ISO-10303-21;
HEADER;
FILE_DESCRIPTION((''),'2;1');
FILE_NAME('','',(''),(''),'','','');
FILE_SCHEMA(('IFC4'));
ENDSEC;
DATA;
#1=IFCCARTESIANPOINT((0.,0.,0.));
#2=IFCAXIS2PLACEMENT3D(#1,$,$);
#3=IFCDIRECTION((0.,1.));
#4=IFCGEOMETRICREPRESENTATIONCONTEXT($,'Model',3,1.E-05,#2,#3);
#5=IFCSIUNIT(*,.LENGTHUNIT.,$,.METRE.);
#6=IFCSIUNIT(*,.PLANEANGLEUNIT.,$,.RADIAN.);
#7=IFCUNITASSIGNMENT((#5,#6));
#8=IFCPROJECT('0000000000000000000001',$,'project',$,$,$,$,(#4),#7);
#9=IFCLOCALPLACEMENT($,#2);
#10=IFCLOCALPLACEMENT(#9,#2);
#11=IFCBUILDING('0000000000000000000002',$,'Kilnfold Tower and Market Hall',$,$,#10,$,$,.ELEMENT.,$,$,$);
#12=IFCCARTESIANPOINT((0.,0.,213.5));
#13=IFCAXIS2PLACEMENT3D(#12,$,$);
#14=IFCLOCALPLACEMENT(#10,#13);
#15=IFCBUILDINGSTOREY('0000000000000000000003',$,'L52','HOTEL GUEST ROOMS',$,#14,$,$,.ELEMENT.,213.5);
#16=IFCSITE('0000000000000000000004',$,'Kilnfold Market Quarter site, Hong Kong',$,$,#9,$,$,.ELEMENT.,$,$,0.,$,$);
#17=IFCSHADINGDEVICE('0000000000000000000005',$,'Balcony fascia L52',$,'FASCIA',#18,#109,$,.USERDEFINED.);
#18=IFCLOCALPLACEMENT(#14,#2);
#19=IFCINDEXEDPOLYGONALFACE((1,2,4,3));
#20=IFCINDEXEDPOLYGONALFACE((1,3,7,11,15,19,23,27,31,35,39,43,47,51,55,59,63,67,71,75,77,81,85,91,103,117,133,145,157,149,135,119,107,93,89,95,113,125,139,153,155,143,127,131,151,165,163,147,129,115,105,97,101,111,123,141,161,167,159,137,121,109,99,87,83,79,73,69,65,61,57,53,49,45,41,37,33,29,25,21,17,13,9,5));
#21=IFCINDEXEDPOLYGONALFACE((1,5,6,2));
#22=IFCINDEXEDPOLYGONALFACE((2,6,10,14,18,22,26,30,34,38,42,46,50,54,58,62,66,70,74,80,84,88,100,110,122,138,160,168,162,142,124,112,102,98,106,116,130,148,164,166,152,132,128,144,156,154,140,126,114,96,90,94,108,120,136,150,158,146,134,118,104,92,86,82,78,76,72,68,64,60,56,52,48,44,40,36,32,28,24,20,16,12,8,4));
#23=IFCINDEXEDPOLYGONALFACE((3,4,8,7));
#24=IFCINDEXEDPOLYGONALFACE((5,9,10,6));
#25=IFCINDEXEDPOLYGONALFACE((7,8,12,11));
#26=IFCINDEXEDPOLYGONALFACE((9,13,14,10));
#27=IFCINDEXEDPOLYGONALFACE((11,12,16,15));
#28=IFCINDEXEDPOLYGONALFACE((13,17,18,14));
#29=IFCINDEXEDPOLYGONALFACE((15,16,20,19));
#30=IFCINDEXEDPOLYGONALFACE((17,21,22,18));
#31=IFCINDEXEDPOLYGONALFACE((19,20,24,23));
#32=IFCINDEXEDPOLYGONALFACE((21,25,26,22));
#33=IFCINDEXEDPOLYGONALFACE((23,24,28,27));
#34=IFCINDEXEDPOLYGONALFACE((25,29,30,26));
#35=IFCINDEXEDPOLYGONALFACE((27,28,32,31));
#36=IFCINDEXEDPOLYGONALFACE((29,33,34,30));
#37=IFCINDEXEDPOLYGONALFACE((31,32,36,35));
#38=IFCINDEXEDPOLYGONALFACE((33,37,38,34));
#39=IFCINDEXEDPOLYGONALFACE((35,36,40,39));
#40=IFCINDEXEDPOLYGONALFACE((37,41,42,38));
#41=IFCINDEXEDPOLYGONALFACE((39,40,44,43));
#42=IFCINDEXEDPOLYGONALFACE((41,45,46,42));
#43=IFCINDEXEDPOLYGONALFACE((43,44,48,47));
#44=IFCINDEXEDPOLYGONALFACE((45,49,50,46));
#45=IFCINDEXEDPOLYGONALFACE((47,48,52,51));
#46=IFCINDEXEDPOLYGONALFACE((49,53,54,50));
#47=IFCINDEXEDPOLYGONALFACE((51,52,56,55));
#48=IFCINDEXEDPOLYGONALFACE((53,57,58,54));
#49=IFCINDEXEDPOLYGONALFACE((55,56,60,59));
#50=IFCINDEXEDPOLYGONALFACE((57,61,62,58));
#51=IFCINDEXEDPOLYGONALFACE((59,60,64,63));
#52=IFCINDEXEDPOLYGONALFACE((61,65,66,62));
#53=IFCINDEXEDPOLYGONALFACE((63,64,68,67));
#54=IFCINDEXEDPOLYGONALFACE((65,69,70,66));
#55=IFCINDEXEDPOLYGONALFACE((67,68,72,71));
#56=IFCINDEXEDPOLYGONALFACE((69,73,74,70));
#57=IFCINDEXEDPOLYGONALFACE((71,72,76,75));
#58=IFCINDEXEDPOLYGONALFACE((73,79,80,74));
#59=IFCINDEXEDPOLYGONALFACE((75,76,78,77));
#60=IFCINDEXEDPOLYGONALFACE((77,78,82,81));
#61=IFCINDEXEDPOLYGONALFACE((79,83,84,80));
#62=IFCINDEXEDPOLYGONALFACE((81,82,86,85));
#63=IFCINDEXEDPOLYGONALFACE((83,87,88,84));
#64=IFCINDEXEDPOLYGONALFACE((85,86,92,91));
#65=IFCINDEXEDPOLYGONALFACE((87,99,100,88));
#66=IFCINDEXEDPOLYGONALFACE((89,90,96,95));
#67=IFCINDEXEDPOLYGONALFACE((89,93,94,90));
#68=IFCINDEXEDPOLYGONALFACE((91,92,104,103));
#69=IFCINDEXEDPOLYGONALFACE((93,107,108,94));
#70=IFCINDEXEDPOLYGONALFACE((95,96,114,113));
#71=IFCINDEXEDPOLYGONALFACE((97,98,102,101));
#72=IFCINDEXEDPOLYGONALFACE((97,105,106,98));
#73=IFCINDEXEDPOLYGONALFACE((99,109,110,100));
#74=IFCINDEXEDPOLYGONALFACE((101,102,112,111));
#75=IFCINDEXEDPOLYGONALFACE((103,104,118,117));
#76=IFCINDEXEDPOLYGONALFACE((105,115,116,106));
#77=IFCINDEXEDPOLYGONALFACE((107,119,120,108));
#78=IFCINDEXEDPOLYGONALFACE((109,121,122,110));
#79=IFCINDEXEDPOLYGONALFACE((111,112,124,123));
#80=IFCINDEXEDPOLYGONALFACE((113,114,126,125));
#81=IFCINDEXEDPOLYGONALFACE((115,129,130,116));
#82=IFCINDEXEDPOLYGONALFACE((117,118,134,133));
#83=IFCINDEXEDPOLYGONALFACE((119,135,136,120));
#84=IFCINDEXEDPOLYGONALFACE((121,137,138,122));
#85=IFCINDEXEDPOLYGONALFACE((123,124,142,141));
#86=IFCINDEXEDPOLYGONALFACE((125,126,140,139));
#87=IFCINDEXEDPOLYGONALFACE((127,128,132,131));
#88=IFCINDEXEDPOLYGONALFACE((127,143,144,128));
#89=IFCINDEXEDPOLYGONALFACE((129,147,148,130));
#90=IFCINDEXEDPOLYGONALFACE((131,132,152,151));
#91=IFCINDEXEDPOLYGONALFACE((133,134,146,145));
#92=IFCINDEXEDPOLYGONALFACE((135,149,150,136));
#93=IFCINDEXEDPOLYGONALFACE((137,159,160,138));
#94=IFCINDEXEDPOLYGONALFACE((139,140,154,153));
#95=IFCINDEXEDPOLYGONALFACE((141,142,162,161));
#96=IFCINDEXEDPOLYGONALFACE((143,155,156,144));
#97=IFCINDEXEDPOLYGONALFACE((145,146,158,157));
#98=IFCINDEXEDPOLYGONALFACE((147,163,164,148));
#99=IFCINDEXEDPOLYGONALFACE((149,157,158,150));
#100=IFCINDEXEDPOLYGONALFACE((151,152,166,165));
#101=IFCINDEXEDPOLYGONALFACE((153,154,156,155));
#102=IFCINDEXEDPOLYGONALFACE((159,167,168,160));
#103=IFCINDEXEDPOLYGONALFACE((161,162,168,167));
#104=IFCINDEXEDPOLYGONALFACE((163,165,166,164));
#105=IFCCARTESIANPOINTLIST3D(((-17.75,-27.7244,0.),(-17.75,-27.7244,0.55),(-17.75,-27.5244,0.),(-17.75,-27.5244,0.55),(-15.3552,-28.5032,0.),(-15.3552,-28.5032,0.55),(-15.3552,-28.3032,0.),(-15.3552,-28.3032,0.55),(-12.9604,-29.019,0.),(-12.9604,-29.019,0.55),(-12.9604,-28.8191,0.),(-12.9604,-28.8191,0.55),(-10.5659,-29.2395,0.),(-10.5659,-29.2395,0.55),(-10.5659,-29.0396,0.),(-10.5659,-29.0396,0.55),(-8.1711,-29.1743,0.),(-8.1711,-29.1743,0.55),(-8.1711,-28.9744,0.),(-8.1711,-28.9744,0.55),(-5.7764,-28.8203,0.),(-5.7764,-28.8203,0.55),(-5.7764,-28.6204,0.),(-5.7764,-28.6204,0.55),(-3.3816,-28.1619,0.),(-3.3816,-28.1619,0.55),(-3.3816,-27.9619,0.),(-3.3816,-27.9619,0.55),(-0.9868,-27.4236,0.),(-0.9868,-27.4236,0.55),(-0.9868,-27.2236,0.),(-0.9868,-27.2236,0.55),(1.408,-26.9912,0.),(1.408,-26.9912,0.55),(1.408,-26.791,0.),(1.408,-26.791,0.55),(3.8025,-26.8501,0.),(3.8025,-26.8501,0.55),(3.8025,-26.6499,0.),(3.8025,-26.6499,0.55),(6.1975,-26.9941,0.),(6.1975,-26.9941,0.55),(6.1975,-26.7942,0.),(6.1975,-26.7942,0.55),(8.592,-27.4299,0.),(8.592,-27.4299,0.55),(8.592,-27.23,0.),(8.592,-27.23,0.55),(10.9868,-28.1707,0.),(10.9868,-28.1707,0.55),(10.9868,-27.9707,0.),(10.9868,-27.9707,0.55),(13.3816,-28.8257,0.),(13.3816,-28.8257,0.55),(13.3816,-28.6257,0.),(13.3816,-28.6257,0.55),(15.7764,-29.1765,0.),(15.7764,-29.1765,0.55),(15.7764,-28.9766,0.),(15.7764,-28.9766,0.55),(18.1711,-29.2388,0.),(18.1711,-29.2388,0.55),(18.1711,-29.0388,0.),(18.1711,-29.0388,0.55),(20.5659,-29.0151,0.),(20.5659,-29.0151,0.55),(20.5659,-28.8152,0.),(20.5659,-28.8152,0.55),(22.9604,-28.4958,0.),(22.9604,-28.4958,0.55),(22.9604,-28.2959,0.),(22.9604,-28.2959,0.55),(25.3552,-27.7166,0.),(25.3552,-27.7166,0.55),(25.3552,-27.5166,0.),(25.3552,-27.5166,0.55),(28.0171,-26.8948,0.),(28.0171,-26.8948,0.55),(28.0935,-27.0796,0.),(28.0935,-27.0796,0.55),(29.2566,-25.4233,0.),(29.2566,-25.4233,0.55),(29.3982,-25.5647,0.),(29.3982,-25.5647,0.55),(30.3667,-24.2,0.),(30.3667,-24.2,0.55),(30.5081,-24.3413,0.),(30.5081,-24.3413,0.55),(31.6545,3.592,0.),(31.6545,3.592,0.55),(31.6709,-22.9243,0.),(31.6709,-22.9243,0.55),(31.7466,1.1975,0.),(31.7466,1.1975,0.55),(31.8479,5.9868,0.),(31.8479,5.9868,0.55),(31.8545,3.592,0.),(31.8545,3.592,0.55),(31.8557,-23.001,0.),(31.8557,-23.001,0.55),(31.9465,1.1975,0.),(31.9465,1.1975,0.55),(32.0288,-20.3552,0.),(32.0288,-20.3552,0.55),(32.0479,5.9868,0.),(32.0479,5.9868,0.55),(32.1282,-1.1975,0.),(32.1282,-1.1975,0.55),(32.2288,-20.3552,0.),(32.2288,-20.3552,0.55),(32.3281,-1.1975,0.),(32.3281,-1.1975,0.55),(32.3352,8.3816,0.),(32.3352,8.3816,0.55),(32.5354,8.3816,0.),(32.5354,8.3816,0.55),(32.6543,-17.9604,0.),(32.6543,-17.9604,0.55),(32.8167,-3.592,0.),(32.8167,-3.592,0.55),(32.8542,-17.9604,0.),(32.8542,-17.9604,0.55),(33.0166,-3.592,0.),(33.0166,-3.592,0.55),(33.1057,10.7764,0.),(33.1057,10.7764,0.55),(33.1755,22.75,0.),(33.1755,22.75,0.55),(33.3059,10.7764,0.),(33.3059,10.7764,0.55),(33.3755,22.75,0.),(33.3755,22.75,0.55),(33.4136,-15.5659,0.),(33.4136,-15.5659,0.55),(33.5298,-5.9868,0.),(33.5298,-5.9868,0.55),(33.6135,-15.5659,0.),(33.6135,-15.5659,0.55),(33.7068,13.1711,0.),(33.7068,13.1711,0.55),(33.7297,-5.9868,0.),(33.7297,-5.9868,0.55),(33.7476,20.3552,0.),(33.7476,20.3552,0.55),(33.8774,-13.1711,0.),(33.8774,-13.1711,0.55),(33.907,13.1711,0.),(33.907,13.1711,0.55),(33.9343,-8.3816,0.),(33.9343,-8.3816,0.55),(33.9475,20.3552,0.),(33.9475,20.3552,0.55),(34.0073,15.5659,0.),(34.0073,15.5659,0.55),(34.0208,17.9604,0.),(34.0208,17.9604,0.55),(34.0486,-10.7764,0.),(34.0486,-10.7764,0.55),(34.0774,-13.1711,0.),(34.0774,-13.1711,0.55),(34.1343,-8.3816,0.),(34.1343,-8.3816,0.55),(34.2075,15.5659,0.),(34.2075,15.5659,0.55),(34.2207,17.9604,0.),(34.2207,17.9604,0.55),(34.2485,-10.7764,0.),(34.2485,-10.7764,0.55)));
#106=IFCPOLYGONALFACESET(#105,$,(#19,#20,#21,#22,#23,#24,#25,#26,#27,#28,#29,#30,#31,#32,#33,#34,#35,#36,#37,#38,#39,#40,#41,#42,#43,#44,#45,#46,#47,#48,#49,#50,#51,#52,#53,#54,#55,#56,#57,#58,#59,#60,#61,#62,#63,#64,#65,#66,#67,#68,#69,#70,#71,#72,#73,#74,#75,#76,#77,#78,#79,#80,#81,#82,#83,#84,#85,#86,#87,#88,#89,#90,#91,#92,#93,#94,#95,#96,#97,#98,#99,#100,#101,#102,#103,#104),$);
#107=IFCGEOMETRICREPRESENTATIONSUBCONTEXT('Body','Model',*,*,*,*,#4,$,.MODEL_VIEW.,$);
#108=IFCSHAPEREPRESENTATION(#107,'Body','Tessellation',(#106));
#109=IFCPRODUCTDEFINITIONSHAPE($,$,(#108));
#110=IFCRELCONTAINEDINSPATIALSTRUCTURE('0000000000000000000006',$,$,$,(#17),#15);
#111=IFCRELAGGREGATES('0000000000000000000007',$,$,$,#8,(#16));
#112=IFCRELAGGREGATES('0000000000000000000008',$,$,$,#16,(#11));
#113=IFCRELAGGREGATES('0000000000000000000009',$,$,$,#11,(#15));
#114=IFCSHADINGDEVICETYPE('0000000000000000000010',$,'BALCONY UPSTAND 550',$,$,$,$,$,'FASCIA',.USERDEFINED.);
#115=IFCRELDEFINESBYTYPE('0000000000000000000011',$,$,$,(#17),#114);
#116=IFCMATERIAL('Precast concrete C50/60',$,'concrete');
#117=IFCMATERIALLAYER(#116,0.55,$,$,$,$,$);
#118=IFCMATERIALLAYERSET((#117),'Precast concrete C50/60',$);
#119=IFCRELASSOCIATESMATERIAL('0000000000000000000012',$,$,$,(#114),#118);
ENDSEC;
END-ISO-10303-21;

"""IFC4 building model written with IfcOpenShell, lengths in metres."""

from ifc_helpers import new_model, si_unit, direction, frame, origin, place, context, subcontext, project, spatial, polyline, outline, extrude, source, transform, mapped, material, layer, layer_set, type_object, element, save


model = new_model("IFC4")

# Units and contexts
model_context = context("Model", 3, precision=1e-05, world=origin(), true_north=direction((0.0, 1.0)))
body_context = subcontext(model_context, "Body", "Model", "MODEL_VIEW")
ifc_project = project(units=[si_unit("LENGTHUNIT", "METRE"), si_unit("PLANEANGLEUNIT", "RADIAN")], contexts=[model_context])

# Site, building, storey
site_placement = place(None, origin())
site = spatial("IfcSite", under=ifc_project, at=site_placement, Name="Kilnfold Market Quarter site, Hong Kong", CompositionType="ELEMENT", RefElevation=0.0)
building_placement = place(site_placement, origin())
building = spatial("IfcBuilding", under=site, at=building_placement, Name="Kilnfold Tower and Market Hall", CompositionType="ELEMENT")
storey_placement = place(building_placement, frame((0.0, 0.0, 213.5)))
storey = spatial("IfcBuildingStorey", under=building, at=storey_placement, Name="L52", Description="HOTEL GUEST ROOMS", CompositionType="ELEMENT", Elevation=213.5)

# Shading device
ifc_material_1 = material(Name="Precast concrete C50/60", Category="concrete")
ifc_layer_1 = layer(ifc_material_1, 0.55)
ifc_layer_set_1 = layer_set([ifc_layer_1], Name="Precast concrete C50/60")
shading_device_type_1 = type_object("IfcShadingDeviceType", Name="BALCONY UPSTAND 550", ElementType="FASCIA", PredefinedType="USERDEFINED", material=ifc_layer_set_1)
shared_shape_1 = source(origin(), body_context, "Body", "SweptSolid", [
    extrude(outline(polyline([(-17.75, -27.7244), (-15.3552, -28.5032), (-12.9604, -29.019), (-10.5659, -29.2395), (-8.1711, -29.1743), (-5.7764, -28.8203), (-3.3816, -28.1619), (-0.9868, -27.4236), (1.408, -26.9912), (3.8025, -26.8501), (6.1975, -26.9941), (8.592, -27.4299), (10.9868, -28.1707), (13.3816, -28.8257), (15.7764, -29.1765), (18.1711, -29.2388), (20.5659, -29.0151), (22.9604, -28.4958), (25.3552, -27.7166), (28.0935, -27.0796), (29.3982, -25.5647), (30.5081, -24.3413), (31.8557, -23.001), (32.2288, -20.3552), (32.8542, -17.9604), (33.6135, -15.5659), (34.0774, -13.1711), (34.2485, -10.7764), (34.1343, -8.3816), (33.7297, -5.9868), (33.0166, -3.592), (32.3281, -1.1975), (31.9465, 1.1975), (31.8545, 3.592), (32.0479, 5.9868), (32.5354, 8.3816), (33.3059, 10.7764), (33.907, 13.1711), (34.2075, 15.5659), (34.2207, 17.9604), (33.9475, 20.3552), (33.3755, 22.75), (33.1755, 22.75), (33.7476, 20.3552), (34.0208, 17.9604), (34.0073, 15.5659), (33.7068, 13.1711), (33.1057, 10.7764), (32.3352, 8.3816), (31.8479, 5.9868), (31.6545, 3.592), (31.7466, 1.1975), (32.1282, -1.1975), (32.8167, -3.592), (33.5298, -5.9868), (33.9343, -8.3816), (34.0486, -10.7764), (33.8774, -13.1711), (33.4136, -15.5659), (32.6543, -17.9604), (32.0288, -20.3552), (31.6709, -22.9243), (30.3667, -24.2), (29.2566, -25.4233), (28.0171, -26.8948), (25.3552, -27.5166), (22.9604, -28.2959), (20.5659, -28.8152), (18.1711, -29.0388), (15.7764, -28.9766), (13.3816, -28.6257), (10.9868, -27.9707), (8.592, -27.23), (6.1975, -26.7942), (3.8025, -26.6499), (1.408, -26.791), (-0.9868, -27.2236), (-3.3816, -27.9619), (-5.7764, -28.6204), (-8.1711, -28.9744), (-10.5659, -29.0396), (-12.9604, -28.8191), (-15.3552, -28.3032), (-17.75, -27.5244), (-17.75, -27.7244)])), origin(), (0.0, 0.0, 1.0), 0.55),
])
shading_device_1_placement = place(storey_placement, origin())
element("IfcShadingDevice", 1, at=shading_device_1_placement, inside=storey, type_object=shading_device_type_1, Name="Balcony fascia L52", ObjectType="FASCIA", PredefinedType="USERDEFINED", context=body_context, shape_type="MappedRepresentation", body=[
    mapped(shared_shape_1, transform((0.0, 0.0, 0.0))),
])

save(model, "model.ifc")
